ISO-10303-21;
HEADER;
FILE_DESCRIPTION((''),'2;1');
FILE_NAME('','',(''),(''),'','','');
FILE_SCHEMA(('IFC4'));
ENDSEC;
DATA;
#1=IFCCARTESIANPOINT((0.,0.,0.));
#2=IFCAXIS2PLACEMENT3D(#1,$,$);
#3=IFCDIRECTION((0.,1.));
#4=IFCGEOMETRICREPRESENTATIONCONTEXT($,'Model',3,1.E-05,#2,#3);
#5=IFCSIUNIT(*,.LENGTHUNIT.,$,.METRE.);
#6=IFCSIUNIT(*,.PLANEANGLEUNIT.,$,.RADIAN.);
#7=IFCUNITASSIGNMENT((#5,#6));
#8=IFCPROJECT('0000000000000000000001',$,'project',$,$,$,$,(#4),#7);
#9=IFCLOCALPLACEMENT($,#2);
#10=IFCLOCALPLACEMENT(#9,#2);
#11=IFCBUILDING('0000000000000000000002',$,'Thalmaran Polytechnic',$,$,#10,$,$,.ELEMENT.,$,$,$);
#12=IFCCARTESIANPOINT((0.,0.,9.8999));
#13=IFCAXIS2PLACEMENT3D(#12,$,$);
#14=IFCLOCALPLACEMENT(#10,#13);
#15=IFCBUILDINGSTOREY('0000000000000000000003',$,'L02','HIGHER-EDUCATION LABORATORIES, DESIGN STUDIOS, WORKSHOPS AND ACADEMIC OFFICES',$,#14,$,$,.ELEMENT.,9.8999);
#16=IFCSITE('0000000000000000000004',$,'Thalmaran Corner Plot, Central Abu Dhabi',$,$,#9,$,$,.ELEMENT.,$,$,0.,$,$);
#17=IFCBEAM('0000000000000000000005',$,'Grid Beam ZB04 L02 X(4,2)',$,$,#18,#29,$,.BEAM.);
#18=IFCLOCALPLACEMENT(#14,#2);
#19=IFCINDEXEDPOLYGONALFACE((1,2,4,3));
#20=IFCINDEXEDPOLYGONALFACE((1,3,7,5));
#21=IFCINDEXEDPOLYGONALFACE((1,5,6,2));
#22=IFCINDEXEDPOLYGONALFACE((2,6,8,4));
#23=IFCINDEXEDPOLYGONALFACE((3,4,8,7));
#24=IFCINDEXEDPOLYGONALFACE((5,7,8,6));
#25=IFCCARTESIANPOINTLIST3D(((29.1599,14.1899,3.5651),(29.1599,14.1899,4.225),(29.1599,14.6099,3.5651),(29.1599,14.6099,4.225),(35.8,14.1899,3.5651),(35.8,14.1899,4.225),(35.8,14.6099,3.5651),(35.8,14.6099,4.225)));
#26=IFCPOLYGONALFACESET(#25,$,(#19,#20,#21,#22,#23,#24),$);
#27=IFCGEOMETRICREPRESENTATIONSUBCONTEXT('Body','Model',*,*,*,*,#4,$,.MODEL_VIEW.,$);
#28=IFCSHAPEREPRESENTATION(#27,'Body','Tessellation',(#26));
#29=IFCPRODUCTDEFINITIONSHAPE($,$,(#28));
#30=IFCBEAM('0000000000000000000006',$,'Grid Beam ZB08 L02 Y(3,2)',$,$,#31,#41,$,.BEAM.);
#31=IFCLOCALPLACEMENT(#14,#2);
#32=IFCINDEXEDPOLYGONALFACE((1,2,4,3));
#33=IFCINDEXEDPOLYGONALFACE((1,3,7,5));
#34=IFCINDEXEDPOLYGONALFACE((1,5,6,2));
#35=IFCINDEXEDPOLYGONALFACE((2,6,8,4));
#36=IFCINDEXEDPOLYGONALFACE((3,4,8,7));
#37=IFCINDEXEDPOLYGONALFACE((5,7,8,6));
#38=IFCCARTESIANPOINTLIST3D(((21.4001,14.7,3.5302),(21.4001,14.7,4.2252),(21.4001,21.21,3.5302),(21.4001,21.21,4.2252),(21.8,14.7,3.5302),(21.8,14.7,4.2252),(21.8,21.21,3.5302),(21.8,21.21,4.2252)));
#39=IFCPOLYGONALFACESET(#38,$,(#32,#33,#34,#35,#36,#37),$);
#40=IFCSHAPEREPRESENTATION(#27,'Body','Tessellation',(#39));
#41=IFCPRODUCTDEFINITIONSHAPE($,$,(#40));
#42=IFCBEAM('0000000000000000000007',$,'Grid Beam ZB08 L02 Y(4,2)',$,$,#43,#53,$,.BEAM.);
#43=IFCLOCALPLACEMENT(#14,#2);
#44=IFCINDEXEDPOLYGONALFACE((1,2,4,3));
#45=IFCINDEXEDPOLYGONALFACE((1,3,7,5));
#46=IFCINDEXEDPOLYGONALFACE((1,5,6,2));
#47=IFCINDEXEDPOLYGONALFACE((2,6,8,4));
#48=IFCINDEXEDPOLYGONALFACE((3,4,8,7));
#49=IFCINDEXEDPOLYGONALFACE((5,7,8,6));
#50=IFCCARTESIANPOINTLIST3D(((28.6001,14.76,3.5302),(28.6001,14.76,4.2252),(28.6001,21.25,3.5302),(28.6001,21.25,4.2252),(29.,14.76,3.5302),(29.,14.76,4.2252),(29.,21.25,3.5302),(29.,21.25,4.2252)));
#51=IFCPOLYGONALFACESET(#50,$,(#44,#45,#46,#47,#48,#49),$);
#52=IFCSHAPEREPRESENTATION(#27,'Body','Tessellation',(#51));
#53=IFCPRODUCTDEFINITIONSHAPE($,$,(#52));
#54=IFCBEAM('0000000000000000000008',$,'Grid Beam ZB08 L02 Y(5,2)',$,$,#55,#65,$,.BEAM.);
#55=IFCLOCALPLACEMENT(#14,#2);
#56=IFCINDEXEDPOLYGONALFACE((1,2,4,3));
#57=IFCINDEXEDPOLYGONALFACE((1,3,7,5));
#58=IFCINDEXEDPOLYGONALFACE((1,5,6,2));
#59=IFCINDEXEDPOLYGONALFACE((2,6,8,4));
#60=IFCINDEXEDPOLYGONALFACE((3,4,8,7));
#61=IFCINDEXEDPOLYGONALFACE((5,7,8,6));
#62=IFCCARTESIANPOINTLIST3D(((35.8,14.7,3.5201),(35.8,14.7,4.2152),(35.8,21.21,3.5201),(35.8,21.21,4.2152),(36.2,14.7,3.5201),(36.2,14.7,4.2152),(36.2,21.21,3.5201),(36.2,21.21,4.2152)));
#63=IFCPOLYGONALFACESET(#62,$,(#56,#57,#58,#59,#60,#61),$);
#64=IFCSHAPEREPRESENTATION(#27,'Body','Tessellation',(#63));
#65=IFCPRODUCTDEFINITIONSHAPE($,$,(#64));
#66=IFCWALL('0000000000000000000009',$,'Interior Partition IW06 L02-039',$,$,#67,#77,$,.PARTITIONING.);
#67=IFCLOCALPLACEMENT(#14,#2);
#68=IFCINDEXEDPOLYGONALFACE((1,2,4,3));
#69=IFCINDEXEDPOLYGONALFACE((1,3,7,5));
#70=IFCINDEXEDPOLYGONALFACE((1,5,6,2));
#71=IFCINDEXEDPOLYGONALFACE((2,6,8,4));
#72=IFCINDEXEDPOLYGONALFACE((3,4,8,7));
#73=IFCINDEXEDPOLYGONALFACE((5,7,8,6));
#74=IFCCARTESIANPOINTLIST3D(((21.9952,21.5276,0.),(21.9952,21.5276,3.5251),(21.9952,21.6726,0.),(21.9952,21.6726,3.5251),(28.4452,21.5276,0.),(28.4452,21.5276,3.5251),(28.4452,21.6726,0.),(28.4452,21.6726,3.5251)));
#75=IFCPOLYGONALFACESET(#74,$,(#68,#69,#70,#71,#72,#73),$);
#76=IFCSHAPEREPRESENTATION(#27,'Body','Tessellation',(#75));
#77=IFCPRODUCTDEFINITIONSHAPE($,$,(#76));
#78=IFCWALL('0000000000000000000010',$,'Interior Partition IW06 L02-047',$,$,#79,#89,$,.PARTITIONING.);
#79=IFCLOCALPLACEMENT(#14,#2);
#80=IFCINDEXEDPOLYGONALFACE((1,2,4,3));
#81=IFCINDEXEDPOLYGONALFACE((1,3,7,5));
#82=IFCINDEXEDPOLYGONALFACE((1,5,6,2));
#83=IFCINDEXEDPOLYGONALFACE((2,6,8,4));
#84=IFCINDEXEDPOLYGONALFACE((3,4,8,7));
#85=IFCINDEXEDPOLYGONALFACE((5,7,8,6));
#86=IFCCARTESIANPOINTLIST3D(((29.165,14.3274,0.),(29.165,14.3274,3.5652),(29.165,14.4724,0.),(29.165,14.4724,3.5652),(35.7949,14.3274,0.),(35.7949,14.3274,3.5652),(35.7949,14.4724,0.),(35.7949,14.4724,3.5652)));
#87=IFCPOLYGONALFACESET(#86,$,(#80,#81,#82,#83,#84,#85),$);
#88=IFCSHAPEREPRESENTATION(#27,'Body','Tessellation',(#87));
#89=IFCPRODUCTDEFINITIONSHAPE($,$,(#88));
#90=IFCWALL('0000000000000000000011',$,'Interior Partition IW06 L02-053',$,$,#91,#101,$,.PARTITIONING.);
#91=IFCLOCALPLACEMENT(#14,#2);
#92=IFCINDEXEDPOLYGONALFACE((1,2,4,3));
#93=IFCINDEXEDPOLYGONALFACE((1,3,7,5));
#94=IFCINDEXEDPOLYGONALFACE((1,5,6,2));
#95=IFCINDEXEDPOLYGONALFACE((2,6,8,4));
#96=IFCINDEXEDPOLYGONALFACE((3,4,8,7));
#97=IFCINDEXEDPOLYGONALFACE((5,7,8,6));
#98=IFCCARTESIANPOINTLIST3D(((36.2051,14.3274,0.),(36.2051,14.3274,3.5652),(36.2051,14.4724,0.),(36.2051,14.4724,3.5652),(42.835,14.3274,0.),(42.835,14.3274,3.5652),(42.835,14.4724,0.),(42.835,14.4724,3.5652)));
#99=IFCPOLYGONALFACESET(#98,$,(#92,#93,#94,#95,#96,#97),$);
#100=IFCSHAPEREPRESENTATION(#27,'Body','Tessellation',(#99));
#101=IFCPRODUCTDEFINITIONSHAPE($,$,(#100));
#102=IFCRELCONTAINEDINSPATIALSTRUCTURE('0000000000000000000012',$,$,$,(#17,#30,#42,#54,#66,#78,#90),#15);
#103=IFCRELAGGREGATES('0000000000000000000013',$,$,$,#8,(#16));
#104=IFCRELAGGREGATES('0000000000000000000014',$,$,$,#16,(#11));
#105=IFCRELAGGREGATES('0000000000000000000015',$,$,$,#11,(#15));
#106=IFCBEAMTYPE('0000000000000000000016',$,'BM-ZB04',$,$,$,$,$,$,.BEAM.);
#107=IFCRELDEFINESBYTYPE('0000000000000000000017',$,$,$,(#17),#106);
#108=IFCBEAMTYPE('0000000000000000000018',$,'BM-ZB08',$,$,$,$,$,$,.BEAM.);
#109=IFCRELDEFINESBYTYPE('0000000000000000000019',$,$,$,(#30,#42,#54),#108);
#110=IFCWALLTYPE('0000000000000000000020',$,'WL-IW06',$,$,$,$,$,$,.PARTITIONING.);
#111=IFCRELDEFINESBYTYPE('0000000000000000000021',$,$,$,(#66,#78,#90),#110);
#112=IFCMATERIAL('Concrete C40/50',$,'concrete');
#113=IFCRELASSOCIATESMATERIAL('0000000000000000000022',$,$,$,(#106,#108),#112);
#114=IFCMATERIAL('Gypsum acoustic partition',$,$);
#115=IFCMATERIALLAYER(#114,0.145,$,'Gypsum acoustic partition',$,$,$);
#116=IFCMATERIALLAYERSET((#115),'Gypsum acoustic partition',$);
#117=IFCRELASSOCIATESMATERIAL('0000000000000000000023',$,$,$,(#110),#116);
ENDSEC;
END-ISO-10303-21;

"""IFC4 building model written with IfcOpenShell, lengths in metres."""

from ifc_helpers import new_model, si_unit, direction, frame, frame_2d, origin, origin_2d, place, context, subcontext, project, spatial, rectangle, extrude, material, layer, layer_set, material_profile, profile_set, type_object, element, save


model = new_model("IFC4")

# Units and contexts
model_context = context("Model", 3, precision=1e-05, world=origin(), true_north=direction((0.0, 1.0)))
body_context = subcontext(model_context, "Body", "Model", "MODEL_VIEW")
ifc_project = project(units=[si_unit("LENGTHUNIT", "METRE"), si_unit("PLANEANGLEUNIT", "RADIAN")], contexts=[model_context])

# Site, building, storey
site_placement = place(None, origin())
site = spatial("IfcSite", under=ifc_project, at=site_placement, Name="Thalmaran Corner Plot, Central Abu Dhabi", CompositionType="ELEMENT", RefElevation=0.0)
building_placement = place(site_placement, origin())
building = spatial("IfcBuilding", under=site, at=building_placement, Name="Thalmaran Polytechnic", CompositionType="ELEMENT")
storey_placement = place(building_placement, frame((0.0, 0.0, 9.8999)))
storey = spatial("IfcBuildingStorey", under=building, at=storey_placement, Name="L02", Description="HIGHER-EDUCATION LABORATORIES, DESIGN STUDIOS, WORKSHOPS AND ACADEMIC OFFICES", CompositionType="ELEMENT", Elevation=9.8999)

# Shared definitions
ifc_material_1 = material(Name="Concrete C40/50", Category="concrete")

# Beams
ifc_material_profile_1 = material_profile(ifc_material_1, rectangle(XDim=0.4199, YDim=0.6599, at=origin_2d()), Name="RC 420x660")
ifc_profile_set_1 = profile_set([ifc_material_profile_1], Name="Concrete C40/50")
beam_type_1 = type_object("IfcBeamType", Name="BM-ZB04", PredefinedType="BEAM", material=ifc_profile_set_1)
beam_1_placement = place(storey_placement, frame((29.1599, 14.3999, 3.895), z_axis=(1.0, 0.0, 0.0), x_axis=(0.0, 1.0, 0.0)))
element("IfcBeam", 1, at=beam_1_placement, inside=storey, type_object=beam_type_1, Name="Grid Beam ZB04 L02 X(4,2)", PredefinedType="BEAM", context=body_context, shape_type="SweptSolid", body=[
    extrude(rectangle(XDim=0.4199, YDim=0.6599, at=origin_2d()), origin(), (0.0, 0.0, 1.0), 6.6401),
])
ifc_material_profile_2 = material_profile(ifc_material_1, rectangle(XDim=0.3999, YDim=0.6951, at=origin_2d()), Name="RC 400x695")
ifc_profile_set_2 = profile_set([ifc_material_profile_2], Name="Concrete C40/50")
beam_type_2 = type_object("IfcBeamType", Name="BM-ZB08", PredefinedType="BEAM", material=ifc_profile_set_2)
beam_2_placement = place(storey_placement, frame((21.6001, 14.7, 3.8777), z_axis=(0.0, 1.0, 0.0), x_axis=(-1.0, 0.0, 0.0)))
element("IfcBeam", 2, at=beam_2_placement, inside=storey, type_object=beam_type_2, Name="Grid Beam ZB08 L02 Y(3,2)", PredefinedType="BEAM", context=body_context, shape_type="SweptSolid", body=[
    extrude(rectangle(XDim=0.3999, YDim=0.6951, at=origin_2d()), origin(), (0.0, 0.0, 1.0), 6.51),
])
beam_3_placement = place(storey_placement, frame((28.8, 14.76, 3.8777), z_axis=(0.0, 1.0, 0.0), x_axis=(-1.0, 0.0, 0.0)))
element("IfcBeam", 3, at=beam_3_placement, inside=storey, type_object=beam_type_2, Name="Grid Beam ZB08 L02 Y(4,2)", PredefinedType="BEAM", context=body_context, shape_type="SweptSolid", body=[
    extrude(rectangle(XDim=0.3999, YDim=0.6951, at=origin_2d()), origin(), (0.0, 0.0, 1.0), 6.49),
])
beam_4_placement = place(storey_placement, frame((36.0, 14.7, 3.8677), z_axis=(0.0, 1.0, 0.0), x_axis=(-1.0, 0.0, 0.0)))
element("IfcBeam", 4, at=beam_4_placement, inside=storey, type_object=beam_type_2, Name="Grid Beam ZB08 L02 Y(5,2)", PredefinedType="BEAM", context=body_context, shape_type="SweptSolid", body=[
    extrude(rectangle(XDim=0.3999, YDim=0.6951, at=origin_2d()), origin(), (0.0, 0.0, 1.0), 6.51),
])

# Walls
ifc_material_2 = material(Name="Gypsum acoustic partition")
ifc_layer = layer(ifc_material_2, 0.145, Name="Gypsum acoustic partition")
ifc_layer_set = layer_set([ifc_layer], Name="Gypsum acoustic partition")
wall_type = type_object("IfcWallType", Name="WL-IW06", PredefinedType="PARTITIONING", material=ifc_layer_set)
wall_placement = place(storey_placement, frame((21.9951, 21.6001, 0.0), z_axis=(0.0, 0.0, 1.0), x_axis=(1.0, 0.0, 0.0)))
element("IfcWall", 5, at=wall_placement, inside=storey, type_object=wall_type, Name="Interior Partition IW06 L02-039", PredefinedType="PARTITIONING", context=body_context, shape_type="SweptSolid", body=[
    extrude(rectangle(XDim=6.45, YDim=0.145, at=frame_2d((3.2251, 0.0))), origin(), (0.0, 0.0, 1.0), 3.5251),
])
for number, where, z_axis, x_axis, name in (
    (6, (29.165, 14.3999, 0.0), (0.0, 0.0, 1.0), (1.0, 0.0, 0.0), "Interior Partition IW06 L02-047"),
    (7, (36.2051, 14.3999, 0.0), (0.0, 0.0, 1.0), (1.0, 0.0, 0.0), "Interior Partition IW06 L02-053"),
):
    element("IfcWall", number, at=place(storey_placement, frame(where, z_axis=z_axis, x_axis=x_axis)), inside=storey, type_object=wall_type, Name=name, PredefinedType="PARTITIONING", context=body_context, shape_type="SweptSolid", body=[
        extrude(rectangle(XDim=6.6299, YDim=0.145, at=frame_2d((3.3149, 0.0))), origin(), (0.0, 0.0, 1.0), 3.5652),
    ])

save(model, "model.ifc")
